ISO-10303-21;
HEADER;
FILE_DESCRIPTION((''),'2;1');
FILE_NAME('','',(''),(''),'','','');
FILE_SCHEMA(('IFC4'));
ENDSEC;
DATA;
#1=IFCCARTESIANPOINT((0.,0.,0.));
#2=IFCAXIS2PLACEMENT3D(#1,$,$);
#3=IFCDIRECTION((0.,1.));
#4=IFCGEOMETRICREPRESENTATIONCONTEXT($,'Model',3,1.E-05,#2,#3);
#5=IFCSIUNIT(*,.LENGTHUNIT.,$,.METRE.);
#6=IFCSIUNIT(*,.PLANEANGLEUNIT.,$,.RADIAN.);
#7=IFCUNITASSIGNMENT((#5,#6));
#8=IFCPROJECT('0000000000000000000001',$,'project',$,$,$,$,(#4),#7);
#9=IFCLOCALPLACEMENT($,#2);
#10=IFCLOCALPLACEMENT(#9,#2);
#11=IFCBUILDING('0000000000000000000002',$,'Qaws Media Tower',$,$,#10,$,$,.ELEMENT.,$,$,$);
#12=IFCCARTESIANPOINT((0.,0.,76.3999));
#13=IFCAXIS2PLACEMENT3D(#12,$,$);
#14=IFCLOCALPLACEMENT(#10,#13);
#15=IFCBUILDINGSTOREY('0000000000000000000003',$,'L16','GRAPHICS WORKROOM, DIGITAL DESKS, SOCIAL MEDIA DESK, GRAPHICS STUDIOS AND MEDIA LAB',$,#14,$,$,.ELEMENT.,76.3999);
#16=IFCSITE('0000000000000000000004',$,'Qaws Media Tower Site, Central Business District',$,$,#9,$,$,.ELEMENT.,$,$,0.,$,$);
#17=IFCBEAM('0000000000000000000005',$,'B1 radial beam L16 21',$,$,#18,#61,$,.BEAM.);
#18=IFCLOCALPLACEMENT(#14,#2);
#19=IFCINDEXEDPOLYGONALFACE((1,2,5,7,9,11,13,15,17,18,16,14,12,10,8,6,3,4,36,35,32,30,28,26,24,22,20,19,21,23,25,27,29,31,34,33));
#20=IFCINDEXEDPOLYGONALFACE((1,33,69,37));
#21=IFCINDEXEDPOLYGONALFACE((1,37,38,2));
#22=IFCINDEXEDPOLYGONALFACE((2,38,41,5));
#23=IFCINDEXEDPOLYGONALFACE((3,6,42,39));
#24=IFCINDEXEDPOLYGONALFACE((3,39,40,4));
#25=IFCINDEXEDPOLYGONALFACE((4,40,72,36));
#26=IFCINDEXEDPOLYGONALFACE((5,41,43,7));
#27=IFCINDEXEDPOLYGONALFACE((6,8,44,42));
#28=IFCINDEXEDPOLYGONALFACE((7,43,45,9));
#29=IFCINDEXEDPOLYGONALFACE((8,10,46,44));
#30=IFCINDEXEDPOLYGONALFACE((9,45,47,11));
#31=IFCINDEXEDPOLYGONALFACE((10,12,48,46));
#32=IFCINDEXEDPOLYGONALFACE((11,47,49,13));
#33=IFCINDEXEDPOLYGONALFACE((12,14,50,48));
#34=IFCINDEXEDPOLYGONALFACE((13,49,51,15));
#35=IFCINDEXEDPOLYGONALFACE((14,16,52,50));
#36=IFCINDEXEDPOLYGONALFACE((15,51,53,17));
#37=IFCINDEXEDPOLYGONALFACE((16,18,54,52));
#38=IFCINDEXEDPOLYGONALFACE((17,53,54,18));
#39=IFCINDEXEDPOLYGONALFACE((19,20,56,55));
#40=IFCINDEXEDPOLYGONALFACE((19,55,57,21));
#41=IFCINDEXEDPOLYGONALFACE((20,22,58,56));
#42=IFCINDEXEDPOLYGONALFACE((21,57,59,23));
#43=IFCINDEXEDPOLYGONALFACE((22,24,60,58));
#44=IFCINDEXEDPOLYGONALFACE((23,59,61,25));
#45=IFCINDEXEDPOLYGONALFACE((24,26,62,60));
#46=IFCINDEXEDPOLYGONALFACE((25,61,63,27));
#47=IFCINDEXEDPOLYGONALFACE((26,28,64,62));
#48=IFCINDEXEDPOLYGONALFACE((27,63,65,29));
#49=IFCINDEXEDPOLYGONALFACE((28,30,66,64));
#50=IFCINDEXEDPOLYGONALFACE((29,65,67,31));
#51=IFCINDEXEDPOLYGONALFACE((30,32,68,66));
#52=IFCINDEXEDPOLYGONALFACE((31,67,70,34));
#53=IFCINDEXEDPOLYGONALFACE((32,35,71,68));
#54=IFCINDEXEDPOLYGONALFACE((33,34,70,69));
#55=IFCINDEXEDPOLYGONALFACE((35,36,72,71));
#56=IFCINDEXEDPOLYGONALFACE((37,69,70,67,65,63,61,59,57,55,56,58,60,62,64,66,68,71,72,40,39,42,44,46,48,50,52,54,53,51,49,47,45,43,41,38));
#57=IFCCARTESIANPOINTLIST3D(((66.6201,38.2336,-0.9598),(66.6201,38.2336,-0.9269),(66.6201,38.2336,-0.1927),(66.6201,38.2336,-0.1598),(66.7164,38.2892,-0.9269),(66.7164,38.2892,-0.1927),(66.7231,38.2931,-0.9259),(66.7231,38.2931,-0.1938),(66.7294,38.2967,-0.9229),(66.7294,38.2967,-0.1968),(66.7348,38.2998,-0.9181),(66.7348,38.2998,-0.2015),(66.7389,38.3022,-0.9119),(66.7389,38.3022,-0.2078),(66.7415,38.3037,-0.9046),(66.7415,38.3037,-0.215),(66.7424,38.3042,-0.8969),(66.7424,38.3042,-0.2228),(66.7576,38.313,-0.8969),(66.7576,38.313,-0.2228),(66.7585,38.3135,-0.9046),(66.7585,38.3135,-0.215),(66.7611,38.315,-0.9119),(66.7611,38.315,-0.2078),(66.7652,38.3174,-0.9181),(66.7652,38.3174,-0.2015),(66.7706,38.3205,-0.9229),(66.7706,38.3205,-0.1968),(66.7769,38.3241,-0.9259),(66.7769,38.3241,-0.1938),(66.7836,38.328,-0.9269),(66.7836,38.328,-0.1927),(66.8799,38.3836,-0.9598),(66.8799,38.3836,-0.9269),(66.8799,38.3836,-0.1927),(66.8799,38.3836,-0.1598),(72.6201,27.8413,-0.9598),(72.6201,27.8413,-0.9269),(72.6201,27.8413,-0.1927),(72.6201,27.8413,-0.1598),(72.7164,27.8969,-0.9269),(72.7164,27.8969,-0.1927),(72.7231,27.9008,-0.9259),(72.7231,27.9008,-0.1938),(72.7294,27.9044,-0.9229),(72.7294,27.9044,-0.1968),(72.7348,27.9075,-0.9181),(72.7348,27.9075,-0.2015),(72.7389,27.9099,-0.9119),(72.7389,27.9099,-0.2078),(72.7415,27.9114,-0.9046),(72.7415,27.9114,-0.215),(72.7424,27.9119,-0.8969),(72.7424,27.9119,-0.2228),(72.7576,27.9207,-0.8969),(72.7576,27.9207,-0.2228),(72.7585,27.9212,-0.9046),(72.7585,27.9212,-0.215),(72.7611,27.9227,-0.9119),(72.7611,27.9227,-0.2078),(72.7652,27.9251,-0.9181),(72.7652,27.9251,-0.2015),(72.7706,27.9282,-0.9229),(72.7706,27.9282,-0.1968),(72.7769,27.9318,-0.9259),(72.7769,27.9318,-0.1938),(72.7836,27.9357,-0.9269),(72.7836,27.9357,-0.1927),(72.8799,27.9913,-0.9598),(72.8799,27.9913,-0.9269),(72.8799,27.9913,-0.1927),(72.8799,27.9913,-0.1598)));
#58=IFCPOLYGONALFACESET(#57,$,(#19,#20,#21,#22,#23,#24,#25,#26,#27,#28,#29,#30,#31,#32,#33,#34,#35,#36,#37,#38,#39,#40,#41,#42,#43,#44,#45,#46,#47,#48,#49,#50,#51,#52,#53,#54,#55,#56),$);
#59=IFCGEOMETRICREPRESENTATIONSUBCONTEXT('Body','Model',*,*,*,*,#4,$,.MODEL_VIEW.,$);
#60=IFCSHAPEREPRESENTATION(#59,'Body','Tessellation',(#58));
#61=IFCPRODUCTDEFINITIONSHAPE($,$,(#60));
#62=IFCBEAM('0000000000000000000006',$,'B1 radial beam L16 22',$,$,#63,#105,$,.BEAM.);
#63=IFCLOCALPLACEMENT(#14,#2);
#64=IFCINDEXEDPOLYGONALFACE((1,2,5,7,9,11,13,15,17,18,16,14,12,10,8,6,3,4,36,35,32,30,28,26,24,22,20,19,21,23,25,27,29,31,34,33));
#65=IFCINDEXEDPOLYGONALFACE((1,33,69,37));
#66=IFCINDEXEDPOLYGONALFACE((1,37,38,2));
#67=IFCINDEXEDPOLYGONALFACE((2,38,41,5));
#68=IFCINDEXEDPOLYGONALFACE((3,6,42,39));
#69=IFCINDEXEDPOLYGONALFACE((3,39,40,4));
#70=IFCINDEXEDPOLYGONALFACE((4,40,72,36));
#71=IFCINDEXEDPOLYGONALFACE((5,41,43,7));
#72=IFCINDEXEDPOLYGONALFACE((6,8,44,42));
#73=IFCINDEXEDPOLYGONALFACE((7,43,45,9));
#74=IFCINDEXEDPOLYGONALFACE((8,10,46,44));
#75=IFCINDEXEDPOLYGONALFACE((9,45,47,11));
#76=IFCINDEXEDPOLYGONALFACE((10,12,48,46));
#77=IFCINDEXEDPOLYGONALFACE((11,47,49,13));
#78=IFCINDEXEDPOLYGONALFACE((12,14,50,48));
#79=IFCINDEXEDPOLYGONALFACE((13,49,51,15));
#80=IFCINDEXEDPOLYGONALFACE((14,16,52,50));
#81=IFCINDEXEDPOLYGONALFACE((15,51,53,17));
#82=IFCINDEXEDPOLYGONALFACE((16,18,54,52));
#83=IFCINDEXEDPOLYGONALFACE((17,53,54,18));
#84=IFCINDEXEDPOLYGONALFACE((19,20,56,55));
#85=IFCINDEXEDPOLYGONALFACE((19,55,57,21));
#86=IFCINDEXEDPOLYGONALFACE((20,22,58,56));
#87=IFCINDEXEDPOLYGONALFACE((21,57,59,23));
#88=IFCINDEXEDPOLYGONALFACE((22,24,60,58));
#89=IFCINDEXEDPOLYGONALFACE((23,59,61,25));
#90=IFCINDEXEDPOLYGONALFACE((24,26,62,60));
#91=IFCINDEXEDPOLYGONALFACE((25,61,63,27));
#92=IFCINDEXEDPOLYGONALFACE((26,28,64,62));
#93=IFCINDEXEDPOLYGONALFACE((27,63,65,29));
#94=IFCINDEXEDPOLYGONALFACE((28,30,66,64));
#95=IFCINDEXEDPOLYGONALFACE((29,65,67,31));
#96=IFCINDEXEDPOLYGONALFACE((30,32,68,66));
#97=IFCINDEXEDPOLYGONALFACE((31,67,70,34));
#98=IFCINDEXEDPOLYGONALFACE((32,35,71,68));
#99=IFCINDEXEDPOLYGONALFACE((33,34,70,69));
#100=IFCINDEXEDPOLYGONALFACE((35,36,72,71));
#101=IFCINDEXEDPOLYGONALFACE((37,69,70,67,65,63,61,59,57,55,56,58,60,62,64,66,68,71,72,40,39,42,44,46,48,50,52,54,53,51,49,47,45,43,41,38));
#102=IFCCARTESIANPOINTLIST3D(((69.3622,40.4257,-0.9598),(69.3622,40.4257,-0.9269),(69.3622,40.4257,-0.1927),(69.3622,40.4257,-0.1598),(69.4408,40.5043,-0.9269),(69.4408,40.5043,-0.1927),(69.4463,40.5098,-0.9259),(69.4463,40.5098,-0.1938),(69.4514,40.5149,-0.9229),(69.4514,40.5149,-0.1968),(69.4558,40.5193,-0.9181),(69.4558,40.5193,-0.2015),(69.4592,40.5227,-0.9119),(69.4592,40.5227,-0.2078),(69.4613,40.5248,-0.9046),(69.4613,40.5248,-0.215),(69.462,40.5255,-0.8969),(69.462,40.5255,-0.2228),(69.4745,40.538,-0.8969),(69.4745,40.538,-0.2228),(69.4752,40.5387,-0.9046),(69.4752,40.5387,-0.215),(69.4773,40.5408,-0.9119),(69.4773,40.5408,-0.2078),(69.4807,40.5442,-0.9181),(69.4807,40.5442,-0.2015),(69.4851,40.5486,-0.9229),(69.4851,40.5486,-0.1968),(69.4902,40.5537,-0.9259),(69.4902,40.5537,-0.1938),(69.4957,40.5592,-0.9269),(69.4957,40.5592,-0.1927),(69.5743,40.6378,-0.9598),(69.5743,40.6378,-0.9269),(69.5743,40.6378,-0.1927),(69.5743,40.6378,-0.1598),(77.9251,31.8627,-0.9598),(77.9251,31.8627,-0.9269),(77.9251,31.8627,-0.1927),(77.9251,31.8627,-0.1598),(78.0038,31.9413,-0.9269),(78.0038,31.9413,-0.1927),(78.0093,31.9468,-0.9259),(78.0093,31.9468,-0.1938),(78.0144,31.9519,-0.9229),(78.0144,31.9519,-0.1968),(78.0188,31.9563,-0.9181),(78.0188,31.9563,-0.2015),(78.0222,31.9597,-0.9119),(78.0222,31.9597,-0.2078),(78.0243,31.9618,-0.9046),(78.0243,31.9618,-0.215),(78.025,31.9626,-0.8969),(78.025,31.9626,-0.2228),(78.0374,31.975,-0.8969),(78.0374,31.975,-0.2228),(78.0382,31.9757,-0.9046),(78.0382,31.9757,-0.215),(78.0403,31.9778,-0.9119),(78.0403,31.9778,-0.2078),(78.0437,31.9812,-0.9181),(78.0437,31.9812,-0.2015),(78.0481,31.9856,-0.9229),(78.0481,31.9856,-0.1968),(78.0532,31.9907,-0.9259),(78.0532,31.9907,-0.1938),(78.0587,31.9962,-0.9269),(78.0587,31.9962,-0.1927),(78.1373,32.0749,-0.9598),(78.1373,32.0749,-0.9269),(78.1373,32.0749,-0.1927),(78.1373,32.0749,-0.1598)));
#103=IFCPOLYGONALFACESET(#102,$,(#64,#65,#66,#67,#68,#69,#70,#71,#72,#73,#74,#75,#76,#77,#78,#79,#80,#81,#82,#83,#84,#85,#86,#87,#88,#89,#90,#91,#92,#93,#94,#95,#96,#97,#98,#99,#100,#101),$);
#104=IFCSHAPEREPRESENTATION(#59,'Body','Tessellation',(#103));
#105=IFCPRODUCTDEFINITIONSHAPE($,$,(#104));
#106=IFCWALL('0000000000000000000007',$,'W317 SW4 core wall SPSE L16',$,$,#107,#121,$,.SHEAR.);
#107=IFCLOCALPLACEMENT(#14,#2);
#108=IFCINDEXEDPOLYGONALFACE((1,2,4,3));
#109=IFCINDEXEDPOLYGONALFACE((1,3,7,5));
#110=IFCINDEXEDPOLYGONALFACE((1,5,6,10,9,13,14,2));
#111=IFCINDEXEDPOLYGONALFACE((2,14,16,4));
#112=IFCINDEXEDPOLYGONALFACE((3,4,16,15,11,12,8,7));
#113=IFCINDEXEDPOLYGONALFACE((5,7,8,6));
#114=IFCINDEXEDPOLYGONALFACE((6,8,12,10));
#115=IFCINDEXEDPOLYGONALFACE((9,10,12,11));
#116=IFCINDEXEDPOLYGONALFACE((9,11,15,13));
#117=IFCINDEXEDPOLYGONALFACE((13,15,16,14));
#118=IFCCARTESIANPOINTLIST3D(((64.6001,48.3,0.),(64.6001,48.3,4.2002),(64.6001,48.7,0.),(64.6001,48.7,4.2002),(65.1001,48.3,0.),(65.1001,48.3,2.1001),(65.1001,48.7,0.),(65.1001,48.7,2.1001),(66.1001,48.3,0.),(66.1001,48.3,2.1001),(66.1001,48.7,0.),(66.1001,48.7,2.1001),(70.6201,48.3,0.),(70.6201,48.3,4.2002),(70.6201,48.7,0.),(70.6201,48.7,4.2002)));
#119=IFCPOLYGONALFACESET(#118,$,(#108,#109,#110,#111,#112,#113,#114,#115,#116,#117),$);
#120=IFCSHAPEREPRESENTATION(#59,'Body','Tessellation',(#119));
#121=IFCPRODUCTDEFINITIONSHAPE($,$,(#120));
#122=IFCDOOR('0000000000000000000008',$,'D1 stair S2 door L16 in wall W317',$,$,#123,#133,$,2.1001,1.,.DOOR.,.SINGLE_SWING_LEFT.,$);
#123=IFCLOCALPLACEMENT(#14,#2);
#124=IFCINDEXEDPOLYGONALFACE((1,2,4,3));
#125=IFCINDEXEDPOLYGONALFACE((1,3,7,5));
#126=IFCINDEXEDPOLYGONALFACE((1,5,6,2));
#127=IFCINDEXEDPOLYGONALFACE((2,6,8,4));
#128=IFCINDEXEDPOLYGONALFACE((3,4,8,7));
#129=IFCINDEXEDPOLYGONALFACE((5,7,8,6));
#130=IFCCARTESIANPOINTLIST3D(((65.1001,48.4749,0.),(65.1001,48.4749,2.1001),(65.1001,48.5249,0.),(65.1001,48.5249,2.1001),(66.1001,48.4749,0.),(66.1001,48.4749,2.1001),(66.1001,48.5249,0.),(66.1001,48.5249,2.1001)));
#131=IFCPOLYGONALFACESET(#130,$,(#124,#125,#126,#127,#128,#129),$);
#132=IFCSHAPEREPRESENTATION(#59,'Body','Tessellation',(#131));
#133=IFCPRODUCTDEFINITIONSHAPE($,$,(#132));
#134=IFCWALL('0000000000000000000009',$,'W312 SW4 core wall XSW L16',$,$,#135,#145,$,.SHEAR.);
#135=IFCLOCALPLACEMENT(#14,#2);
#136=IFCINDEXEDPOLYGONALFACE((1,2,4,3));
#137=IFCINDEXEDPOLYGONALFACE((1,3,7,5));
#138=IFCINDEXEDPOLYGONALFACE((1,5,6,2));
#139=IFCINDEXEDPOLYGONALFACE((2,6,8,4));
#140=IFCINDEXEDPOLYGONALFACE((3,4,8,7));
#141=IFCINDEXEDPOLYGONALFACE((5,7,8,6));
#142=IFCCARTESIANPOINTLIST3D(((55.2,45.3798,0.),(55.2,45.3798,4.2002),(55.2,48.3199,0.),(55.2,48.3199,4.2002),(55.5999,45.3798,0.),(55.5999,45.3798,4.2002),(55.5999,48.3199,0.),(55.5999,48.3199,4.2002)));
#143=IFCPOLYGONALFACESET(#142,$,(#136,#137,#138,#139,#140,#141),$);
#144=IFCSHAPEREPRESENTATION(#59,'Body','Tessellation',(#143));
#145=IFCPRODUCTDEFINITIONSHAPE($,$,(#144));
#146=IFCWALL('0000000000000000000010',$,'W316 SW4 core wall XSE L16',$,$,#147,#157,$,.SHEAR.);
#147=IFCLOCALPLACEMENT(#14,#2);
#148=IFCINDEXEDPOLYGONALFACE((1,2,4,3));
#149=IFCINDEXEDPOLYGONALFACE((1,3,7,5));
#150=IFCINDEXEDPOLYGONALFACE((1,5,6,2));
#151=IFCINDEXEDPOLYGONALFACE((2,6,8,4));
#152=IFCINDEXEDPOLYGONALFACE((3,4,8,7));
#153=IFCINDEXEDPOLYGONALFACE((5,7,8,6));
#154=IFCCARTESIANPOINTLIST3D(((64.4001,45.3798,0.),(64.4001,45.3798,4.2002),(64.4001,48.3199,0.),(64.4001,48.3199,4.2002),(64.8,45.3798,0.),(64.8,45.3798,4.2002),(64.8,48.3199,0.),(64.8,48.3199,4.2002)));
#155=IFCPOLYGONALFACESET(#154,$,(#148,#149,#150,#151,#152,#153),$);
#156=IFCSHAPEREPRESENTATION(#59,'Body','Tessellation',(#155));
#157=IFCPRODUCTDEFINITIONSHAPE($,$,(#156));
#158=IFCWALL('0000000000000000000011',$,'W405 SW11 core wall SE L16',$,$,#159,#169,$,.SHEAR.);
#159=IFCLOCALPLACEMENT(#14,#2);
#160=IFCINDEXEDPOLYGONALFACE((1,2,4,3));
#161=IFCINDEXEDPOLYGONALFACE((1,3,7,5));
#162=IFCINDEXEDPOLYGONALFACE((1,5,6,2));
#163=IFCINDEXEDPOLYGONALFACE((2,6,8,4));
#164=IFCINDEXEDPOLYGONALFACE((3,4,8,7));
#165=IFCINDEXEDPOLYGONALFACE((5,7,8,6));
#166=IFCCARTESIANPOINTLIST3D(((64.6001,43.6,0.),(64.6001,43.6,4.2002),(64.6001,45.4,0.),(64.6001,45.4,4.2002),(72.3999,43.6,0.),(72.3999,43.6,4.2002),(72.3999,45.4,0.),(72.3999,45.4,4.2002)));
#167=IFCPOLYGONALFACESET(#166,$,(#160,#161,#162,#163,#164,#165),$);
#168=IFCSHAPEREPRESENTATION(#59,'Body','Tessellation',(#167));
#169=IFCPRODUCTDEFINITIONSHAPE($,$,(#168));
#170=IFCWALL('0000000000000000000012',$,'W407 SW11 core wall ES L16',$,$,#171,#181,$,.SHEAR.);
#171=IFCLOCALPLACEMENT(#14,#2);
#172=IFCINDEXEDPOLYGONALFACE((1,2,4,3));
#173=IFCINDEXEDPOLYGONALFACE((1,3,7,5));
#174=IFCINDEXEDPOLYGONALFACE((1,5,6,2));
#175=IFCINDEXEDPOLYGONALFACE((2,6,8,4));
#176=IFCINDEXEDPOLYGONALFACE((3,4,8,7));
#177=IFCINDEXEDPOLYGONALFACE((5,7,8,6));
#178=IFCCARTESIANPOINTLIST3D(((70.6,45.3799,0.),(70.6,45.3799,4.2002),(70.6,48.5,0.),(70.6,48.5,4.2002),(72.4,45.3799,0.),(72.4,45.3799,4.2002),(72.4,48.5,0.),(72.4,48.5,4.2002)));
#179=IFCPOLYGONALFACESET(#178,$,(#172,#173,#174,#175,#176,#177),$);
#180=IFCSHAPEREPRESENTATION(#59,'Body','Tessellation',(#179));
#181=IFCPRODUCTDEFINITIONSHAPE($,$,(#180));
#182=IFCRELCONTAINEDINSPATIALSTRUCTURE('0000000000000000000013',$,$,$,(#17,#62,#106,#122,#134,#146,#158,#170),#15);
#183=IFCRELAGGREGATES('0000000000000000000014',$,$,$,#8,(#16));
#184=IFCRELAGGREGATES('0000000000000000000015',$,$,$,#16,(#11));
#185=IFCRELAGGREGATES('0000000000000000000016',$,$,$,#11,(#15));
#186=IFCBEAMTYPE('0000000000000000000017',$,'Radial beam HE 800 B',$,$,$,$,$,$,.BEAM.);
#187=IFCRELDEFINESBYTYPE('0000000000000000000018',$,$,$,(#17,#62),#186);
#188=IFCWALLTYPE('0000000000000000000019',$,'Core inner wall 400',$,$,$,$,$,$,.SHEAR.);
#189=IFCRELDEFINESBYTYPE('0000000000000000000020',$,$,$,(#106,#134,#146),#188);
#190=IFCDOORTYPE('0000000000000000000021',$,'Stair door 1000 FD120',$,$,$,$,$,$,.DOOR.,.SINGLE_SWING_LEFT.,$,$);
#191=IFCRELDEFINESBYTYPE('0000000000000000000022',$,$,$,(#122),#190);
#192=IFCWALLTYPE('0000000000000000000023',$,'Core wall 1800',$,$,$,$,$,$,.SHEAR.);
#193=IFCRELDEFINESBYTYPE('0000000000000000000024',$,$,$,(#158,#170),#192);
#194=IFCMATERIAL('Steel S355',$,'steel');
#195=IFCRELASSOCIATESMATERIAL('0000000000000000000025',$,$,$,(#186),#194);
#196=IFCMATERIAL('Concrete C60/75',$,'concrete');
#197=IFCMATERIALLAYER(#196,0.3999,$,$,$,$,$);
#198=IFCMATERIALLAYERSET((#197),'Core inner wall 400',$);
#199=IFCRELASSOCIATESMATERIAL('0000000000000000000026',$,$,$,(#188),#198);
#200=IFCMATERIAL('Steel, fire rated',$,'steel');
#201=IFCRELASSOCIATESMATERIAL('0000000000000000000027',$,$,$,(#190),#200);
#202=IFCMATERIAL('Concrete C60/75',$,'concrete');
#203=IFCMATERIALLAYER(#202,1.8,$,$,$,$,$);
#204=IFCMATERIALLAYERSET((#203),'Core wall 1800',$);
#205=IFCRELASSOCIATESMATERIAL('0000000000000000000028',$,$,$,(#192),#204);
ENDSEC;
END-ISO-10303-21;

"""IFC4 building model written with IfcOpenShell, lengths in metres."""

from ifc_helpers import new_model, si_unit, direction, frame, frame_2d, origin, origin_2d, place, context, subcontext, project, spatial, rectangle, i_section, extrude, material, layer, layer_set, material_profile, profile_set, type_object, element, fill, save


model = new_model("IFC4")

# Units and contexts
model_context = context("Model", 3, precision=1e-05, world=origin(), true_north=direction((0.0, 1.0)))
body_context = subcontext(model_context, "Body", "Model", "MODEL_VIEW")
ifc_project = project(units=[si_unit("LENGTHUNIT", "METRE"), si_unit("PLANEANGLEUNIT", "RADIAN")], contexts=[model_context])

# Site, building, storey
site_placement = place(None, origin())
site = spatial("IfcSite", under=ifc_project, at=site_placement, Name="Qaws Media Tower Site, Central Business District", CompositionType="ELEMENT", RefElevation=0.0)
building_placement = place(site_placement, origin())
building = spatial("IfcBuilding", under=site, at=building_placement, Name="Qaws Media Tower", CompositionType="ELEMENT")
storey_placement = place(building_placement, frame((0.0, 0.0, 76.3999)))
storey = spatial("IfcBuildingStorey", under=building, at=storey_placement, Name="L16", Description="GRAPHICS WORKROOM, DIGITAL DESKS, SOCIAL MEDIA DESK, GRAPHICS STUDIOS AND MEDIA LAB", CompositionType="ELEMENT", Elevation=76.3999)

# Beams
ifc_material_1 = material(Name="Steel S355", Category="steel")
ifc_material_profile_1 = material_profile(ifc_material_1, i_section(OverallWidth=0.3, OverallDepth=0.8, WebThickness=0.0176, FlangeThickness=0.033, FilletRadius=0.03, at=origin_2d()), Name="HE 800 B")
ifc_profile_set_1 = profile_set([ifc_material_profile_1], Name="Steel S355")
beam_type_1 = type_object("IfcBeamType", Name="Radial beam HE 800 B", PredefinedType="BEAM", material=ifc_profile_set_1)
beam_1_placement = place(storey_placement, frame((66.75, 38.3086, -0.5598), z_axis=(0.499999, -0.866026, 0.0), x_axis=(0.866026, 0.499999, 0.0)))
element("IfcBeam", 1, at=beam_1_placement, inside=storey, type_object=beam_type_1, Name="B1 radial beam L16 21", PredefinedType="BEAM", context=body_context, shape_type="SweptSolid", body=[
    extrude(i_section(OverallWidth=0.3, OverallDepth=0.8, WebThickness=0.0176, FlangeThickness=0.033, FilletRadius=0.03, at=origin_2d()), origin(), (0.0, 0.0, 1.0), 12.0),
])
beam_2_placement = place(storey_placement, frame((69.4683, 40.5317, -0.5598), z_axis=(0.707107, -0.707107, 0.0), x_axis=(0.707107, 0.707107, 0.0)))
element("IfcBeam", 2, at=beam_2_placement, inside=storey, type_object=beam_type_1, Name="B1 radial beam L16 22", PredefinedType="BEAM", context=body_context, shape_type="SweptSolid", body=[
    extrude(i_section(OverallWidth=0.3, OverallDepth=0.8, WebThickness=0.0176, FlangeThickness=0.033, FilletRadius=0.03, at=origin_2d()), origin(), (0.0, 0.0, 1.0), 12.1099),
])

# Wall, opening, door
ifc_material_2 = material(Name="Concrete C60/75", Category="concrete")
ifc_layer_1 = layer(ifc_material_2, 0.3999)
ifc_layer_set_1 = layer_set([ifc_layer_1], Name="Core inner wall 400")
wall_type_1 = type_object("IfcWallType", Name="Core inner wall 400", PredefinedType="SHEAR", material=ifc_layer_set_1)
wall_1_placement = place(storey_placement, frame((64.6001, 48.5, 0.0), z_axis=(0.0, 0.0, 1.0), x_axis=(1.0, 0.0, 0.0)))
wall_1 = element("IfcWall", 3, at=wall_1_placement, inside=storey, type_object=wall_type_1, Name="W317 SW4 core wall SPSE L16", PredefinedType="SHEAR", context=body_context, shape_type="SweptSolid", body=[
    extrude(rectangle(XDim=6.02, YDim=0.3999, at=frame_2d((3.01, 0.0))), origin(), (0.0, 0.0, 1.0), 4.2002),
])
opening_1_placement = place(wall_1_placement, frame((0.5, 0.0, 0.0)))
opening_1 = element("IfcOpeningElement", 4, at=opening_1_placement, cuts=wall_1, PredefinedType="OPENING", context=body_context, shape_type="SweptSolid", body=[
    extrude(rectangle(XDim=1.0, YDim=2.1001, at=frame_2d((0.5, 1.05))), frame((0.0, 0.21, 0.0), z_axis=(0.0, -1.0, 0.0), x_axis=(1.0, 0.0, 0.0)), (0.0, 0.0, 1.0), 0.4199),
])
ifc_material_3 = material(Name="Steel, fire rated", Category="steel")
door_type_1 = type_object("IfcDoorType", Name="Stair door 1000 FD120", OperationType="SINGLE_SWING_LEFT", PredefinedType="DOOR", material=ifc_material_3)
door_1_placement = place(opening_1_placement, origin())
door_1 = element("IfcDoor", 5, at=door_1_placement, inside=storey, type_object=door_type_1, Name="D1 stair S2 door L16 in wall W317", OperationType="SINGLE_SWING_LEFT", OverallHeight=2.1001, OverallWidth=1.0, PredefinedType="DOOR", context=body_context, shape_type="SweptSolid", body=[
    extrude(rectangle(XDim=1.0, YDim=2.1001, at=frame_2d((0.5, 1.05))), frame((0.0, 0.0249, 0.0), z_axis=(0.0, -1.0, 0.0), x_axis=(1.0, 0.0, 0.0)), (0.0, 0.0, 1.0), 0.05),
])
fill(opening_1, door_1)

# Walls
for number, where, z_axis, x_axis, name in (
    (6, (55.3999, 48.3201, 0.0), (0.0, 0.0, 1.0), (0.0, -1.0, 0.0), "W312 SW4 core wall XSW L16"),
    (7, (64.6001, 48.3201, 0.0), (0.0, 0.0, 1.0), (0.0, -1.0, 0.0), "W316 SW4 core wall XSE L16"),
):
    element("IfcWall", number, at=place(storey_placement, frame(where, z_axis=z_axis, x_axis=x_axis)), inside=storey, type_object=wall_type_1, Name=name, PredefinedType="SHEAR", context=body_context, shape_type="SweptSolid", body=[
        extrude(rectangle(XDim=2.9402, YDim=0.3999, at=frame_2d((1.4702, 0.0))), origin(), (0.0, 0.0, 1.0), 4.2002),
    ])
ifc_material_4 = material(Name="Concrete C60/75", Category="concrete")
ifc_layer_2 = layer(ifc_material_4, 1.8)
ifc_layer_set_2 = layer_set([ifc_layer_2], Name="Core wall 1800")
wall_type_2 = type_object("IfcWallType", Name="Core wall 1800", PredefinedType="SHEAR", material=ifc_layer_set_2)
wall_2_placement = place(storey_placement, frame((64.6001, 44.5, 0.0), z_axis=(0.0, 0.0, 1.0), x_axis=(1.0, 0.0, 0.0)))
element("IfcWall", 8, at=wall_2_placement, inside=storey, type_object=wall_type_2, Name="W405 SW11 core wall SE L16", PredefinedType="SHEAR", context=body_context, shape_type="SweptSolid", body=[
    extrude(rectangle(XDim=7.7998, YDim=1.8, at=frame_2d((3.8999, 0.0))), origin(), (0.0, 0.0, 1.0), 4.2002),
])
wall_3_placement = place(storey_placement, frame((71.5, 45.3799, 0.0), z_axis=(0.0, 0.0, 1.0), x_axis=(0.0, 1.0, 0.0)))
element("IfcWall", 9, at=wall_3_placement, inside=storey, type_object=wall_type_2, Name="W407 SW11 core wall ES L16", PredefinedType="SHEAR", context=body_context, shape_type="SweptSolid", body=[
    extrude(rectangle(XDim=3.1201, YDim=1.8, at=frame_2d((1.5601, 0.0))), origin(), (0.0, 0.0, 1.0), 4.2002),
])

save(model, "model.ifc")
